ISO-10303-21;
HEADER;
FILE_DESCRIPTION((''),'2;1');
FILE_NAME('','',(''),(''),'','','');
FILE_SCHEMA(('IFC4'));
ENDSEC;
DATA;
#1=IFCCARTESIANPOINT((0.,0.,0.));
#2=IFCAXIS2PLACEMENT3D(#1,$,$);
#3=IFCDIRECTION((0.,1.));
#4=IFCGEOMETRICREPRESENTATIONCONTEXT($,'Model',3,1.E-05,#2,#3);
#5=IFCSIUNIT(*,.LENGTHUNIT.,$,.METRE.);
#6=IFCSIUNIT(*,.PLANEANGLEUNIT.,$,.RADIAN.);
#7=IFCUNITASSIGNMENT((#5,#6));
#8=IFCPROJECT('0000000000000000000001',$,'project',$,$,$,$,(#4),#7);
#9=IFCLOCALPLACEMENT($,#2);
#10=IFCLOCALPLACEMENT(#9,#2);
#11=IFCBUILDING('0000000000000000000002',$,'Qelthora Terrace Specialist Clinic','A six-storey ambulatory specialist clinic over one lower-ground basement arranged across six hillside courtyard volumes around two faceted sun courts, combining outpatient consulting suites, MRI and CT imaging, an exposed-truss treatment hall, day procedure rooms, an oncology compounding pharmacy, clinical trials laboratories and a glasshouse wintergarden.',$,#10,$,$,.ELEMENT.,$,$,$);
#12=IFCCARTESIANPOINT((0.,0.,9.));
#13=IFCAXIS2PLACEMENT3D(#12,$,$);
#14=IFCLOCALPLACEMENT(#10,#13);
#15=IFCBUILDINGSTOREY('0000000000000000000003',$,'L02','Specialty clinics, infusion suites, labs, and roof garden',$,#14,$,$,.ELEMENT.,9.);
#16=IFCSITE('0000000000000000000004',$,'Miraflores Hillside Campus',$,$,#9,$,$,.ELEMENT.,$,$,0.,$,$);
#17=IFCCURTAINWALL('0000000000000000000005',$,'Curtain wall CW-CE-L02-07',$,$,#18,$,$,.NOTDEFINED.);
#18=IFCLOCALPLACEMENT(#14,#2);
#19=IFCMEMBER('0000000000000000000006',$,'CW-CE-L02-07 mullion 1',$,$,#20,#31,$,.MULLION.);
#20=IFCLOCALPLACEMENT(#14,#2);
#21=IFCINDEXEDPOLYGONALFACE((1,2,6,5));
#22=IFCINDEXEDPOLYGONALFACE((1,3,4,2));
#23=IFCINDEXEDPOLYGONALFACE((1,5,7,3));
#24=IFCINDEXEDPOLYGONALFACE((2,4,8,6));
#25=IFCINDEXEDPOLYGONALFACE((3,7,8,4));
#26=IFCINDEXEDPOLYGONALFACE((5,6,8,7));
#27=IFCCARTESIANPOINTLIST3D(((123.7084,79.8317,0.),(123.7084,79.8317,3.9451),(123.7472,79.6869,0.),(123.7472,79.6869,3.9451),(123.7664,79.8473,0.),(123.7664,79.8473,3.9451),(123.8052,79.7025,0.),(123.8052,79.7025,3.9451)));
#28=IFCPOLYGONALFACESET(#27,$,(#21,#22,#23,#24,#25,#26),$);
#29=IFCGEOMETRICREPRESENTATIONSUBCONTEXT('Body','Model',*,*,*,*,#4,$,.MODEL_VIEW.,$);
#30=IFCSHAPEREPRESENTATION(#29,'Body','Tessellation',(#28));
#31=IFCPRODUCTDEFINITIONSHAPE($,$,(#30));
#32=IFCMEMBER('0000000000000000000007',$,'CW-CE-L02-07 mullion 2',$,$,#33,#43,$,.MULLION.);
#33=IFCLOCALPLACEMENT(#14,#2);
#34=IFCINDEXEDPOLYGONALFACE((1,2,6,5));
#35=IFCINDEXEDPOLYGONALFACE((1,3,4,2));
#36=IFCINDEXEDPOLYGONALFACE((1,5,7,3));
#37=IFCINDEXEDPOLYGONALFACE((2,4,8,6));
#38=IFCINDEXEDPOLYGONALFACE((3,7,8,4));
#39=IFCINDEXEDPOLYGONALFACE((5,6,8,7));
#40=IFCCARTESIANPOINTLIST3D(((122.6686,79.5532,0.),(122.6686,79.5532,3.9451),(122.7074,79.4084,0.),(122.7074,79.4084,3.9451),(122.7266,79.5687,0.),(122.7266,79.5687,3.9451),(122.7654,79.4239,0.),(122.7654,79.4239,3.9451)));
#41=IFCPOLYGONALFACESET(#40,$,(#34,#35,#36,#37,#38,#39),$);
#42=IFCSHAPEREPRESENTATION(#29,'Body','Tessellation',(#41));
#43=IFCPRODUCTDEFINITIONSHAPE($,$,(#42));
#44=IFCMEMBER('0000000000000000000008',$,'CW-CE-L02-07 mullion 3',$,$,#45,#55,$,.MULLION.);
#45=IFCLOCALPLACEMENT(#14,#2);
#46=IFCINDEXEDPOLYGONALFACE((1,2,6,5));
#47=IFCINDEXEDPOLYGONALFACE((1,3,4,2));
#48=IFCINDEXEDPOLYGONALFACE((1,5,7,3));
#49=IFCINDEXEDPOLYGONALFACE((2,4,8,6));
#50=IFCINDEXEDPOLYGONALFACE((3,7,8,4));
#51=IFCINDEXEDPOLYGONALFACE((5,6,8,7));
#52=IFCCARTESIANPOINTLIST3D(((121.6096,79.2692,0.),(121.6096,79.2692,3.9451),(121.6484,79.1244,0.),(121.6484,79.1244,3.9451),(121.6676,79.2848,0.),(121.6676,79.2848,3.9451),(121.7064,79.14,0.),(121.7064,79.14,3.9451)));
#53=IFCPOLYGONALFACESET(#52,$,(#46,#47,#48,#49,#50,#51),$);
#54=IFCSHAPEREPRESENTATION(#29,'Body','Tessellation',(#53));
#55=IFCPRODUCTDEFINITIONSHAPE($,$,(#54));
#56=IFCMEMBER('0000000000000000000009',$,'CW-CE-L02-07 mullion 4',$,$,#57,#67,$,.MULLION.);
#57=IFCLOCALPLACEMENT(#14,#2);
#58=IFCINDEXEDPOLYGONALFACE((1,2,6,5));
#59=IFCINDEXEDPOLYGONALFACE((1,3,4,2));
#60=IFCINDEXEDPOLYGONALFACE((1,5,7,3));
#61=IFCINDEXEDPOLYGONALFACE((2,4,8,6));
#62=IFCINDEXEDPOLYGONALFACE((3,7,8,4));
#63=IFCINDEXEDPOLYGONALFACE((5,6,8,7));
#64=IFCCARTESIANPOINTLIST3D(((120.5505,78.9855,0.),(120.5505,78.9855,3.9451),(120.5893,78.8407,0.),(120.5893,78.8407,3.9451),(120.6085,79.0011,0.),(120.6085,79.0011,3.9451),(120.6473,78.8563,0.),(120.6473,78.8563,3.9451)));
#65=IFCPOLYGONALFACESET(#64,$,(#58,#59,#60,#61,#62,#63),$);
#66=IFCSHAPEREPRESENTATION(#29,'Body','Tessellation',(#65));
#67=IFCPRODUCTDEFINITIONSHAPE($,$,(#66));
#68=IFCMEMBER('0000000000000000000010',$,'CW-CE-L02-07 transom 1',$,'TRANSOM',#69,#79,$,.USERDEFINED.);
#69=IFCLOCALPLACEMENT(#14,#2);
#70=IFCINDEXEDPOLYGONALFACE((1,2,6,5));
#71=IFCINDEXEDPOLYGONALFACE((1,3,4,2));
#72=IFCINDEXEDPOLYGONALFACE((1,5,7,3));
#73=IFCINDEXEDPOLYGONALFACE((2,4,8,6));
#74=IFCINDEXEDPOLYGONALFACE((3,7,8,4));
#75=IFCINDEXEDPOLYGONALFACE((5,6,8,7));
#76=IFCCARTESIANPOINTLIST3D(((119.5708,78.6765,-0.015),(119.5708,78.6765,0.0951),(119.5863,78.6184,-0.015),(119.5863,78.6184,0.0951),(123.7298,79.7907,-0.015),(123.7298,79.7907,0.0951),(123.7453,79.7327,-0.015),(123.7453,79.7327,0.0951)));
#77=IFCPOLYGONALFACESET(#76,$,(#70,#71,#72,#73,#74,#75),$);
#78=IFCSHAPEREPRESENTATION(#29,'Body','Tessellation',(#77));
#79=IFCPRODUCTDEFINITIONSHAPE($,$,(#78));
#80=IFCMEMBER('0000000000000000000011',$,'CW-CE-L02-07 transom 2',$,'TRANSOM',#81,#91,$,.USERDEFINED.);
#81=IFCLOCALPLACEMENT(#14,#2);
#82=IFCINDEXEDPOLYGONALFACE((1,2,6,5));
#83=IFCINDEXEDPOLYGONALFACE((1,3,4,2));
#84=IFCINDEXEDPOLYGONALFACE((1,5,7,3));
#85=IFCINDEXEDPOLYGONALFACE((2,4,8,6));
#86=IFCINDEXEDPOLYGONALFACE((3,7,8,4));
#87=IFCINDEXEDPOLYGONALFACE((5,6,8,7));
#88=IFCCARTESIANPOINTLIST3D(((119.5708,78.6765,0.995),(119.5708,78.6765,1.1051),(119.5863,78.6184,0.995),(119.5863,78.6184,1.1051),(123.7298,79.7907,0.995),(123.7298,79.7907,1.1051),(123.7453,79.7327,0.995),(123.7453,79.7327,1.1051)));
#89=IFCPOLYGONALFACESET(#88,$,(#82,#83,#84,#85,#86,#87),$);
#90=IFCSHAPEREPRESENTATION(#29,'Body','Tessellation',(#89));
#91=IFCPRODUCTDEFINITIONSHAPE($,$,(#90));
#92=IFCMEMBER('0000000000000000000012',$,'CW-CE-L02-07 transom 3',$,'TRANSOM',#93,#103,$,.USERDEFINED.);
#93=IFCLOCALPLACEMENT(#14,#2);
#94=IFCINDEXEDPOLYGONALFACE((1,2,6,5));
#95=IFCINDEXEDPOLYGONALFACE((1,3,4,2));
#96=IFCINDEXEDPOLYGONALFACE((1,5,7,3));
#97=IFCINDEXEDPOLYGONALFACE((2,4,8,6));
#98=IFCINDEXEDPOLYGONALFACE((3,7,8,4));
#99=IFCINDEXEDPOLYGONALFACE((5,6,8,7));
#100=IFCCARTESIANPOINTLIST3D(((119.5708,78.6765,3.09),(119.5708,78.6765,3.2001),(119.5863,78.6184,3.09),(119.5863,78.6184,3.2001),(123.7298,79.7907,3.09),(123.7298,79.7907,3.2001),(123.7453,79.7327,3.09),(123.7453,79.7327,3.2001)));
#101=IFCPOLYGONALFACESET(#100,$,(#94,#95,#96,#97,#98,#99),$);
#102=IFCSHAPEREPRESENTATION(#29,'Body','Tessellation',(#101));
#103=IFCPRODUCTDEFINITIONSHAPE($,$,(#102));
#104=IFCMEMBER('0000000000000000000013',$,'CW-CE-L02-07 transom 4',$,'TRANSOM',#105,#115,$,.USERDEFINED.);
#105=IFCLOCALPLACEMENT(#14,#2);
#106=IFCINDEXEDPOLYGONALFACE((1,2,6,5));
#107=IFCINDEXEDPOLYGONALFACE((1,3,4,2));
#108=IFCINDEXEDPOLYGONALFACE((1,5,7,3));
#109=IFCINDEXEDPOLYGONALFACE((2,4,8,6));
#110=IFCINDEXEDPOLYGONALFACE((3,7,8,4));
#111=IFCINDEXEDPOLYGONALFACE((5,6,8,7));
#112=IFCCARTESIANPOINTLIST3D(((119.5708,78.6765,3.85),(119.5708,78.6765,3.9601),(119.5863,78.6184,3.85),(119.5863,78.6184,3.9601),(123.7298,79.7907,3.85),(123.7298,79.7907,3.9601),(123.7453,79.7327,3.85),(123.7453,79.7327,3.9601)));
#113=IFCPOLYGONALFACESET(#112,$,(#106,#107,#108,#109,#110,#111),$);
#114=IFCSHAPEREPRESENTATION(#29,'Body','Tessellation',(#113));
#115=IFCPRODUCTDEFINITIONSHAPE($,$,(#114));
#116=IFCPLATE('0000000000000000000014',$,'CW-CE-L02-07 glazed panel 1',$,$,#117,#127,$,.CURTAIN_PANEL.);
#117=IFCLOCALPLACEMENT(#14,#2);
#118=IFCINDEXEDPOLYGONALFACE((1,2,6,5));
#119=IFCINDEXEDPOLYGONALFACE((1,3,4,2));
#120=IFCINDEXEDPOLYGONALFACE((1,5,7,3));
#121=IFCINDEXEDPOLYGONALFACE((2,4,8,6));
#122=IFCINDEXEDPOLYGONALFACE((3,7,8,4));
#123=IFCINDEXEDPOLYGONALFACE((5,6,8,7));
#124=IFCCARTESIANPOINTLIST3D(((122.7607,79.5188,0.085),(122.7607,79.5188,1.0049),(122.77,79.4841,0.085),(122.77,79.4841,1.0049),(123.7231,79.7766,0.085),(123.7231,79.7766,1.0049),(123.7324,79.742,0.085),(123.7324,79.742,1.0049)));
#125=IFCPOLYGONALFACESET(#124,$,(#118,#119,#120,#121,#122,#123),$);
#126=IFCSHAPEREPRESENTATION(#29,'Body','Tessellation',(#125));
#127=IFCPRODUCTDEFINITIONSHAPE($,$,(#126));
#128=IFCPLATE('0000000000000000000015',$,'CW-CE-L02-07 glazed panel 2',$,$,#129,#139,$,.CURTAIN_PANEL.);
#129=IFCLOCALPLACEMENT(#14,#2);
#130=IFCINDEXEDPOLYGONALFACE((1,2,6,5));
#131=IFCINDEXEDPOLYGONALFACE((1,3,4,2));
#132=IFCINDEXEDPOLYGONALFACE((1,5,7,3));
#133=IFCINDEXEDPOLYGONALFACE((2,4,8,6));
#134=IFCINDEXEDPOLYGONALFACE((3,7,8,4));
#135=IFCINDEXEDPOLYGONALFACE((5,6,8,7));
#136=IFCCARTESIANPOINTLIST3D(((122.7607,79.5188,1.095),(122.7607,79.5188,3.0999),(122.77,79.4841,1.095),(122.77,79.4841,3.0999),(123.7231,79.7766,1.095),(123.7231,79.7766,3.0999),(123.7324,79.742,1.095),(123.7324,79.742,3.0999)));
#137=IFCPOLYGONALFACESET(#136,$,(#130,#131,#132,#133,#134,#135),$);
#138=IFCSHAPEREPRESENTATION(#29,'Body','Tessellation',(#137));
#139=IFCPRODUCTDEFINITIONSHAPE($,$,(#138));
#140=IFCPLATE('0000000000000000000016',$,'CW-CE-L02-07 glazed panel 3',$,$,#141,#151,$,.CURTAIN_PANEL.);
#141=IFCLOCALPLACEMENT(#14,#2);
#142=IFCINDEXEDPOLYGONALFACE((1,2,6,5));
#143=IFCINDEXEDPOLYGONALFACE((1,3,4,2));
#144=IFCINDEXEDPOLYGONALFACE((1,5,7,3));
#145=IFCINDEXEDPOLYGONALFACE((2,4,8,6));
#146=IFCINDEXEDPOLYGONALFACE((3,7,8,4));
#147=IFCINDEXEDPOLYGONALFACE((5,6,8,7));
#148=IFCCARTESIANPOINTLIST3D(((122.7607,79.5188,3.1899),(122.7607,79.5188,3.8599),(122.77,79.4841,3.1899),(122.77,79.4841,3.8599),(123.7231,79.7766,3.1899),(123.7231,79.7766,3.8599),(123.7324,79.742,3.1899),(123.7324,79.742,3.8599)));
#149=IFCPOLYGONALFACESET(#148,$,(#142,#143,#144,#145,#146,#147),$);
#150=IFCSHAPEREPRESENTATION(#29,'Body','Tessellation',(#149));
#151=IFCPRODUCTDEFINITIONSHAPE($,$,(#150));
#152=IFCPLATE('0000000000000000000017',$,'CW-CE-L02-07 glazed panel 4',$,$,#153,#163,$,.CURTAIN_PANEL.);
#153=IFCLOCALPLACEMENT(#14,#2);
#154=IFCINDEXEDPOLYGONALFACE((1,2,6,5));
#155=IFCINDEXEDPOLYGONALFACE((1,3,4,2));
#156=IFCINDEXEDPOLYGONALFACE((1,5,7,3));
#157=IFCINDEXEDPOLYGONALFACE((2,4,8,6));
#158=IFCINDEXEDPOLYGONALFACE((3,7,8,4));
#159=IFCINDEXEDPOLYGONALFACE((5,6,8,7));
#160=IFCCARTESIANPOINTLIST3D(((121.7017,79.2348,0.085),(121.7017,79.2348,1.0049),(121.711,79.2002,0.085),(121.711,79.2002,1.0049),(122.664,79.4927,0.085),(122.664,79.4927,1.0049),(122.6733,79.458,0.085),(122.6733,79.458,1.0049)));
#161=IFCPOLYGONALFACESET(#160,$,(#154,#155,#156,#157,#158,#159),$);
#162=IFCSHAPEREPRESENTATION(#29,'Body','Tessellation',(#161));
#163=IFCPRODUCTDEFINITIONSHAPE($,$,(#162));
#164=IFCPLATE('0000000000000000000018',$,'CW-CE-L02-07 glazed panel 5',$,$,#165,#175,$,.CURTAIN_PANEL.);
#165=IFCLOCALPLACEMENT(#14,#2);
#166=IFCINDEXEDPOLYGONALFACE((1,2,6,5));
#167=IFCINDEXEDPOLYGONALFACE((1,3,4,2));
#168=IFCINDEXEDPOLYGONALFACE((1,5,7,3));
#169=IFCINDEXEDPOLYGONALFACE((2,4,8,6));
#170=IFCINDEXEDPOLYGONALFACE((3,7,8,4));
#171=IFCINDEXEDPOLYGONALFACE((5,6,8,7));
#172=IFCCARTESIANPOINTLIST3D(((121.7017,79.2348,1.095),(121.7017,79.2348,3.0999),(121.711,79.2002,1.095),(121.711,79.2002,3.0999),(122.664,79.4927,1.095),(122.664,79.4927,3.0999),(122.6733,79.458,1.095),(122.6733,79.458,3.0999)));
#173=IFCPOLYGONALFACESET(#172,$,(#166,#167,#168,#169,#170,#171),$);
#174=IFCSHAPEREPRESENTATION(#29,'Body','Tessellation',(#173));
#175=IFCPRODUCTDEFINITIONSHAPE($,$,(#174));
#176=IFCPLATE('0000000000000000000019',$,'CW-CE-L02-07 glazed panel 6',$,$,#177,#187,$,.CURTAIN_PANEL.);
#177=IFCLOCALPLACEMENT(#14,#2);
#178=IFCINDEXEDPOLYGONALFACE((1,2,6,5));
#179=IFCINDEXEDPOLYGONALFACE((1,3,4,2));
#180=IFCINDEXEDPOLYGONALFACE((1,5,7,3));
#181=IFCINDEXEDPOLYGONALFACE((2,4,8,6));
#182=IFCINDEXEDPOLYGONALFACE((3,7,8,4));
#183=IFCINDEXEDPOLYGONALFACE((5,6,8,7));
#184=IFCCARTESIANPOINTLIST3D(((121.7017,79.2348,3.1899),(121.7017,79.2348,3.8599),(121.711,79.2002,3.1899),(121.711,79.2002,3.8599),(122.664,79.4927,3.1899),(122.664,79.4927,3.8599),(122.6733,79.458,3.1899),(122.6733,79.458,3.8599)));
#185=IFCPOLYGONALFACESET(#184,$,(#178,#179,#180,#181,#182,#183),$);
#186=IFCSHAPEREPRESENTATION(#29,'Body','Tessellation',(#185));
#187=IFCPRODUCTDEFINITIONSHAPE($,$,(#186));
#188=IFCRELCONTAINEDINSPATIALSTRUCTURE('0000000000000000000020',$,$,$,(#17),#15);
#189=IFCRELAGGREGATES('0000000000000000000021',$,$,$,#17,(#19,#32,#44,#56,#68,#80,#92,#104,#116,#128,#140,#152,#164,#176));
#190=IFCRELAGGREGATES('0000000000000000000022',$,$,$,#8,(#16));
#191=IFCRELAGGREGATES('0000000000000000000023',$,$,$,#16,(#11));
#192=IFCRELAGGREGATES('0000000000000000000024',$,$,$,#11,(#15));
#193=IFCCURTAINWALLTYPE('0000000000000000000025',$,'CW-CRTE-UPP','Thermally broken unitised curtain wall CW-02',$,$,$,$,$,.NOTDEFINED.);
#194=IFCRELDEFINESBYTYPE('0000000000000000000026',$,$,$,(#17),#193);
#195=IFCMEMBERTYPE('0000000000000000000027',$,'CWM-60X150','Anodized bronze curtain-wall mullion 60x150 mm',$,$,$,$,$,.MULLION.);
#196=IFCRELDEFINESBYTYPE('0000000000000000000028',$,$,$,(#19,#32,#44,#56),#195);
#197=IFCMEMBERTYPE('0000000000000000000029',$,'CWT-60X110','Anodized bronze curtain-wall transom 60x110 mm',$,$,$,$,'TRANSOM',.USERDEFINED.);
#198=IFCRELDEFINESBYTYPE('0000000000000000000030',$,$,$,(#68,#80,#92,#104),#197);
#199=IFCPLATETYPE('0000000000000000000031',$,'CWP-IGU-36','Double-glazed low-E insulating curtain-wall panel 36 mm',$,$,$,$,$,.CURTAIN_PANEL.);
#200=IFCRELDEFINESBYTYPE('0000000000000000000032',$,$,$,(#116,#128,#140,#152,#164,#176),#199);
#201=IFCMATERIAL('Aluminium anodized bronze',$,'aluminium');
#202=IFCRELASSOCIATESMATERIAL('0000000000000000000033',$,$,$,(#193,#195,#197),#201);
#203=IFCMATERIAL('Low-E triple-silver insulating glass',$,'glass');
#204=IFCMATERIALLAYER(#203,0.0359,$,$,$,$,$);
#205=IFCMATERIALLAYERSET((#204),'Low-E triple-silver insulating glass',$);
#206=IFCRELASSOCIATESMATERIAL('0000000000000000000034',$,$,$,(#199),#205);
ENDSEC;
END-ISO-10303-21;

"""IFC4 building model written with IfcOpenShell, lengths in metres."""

from ifc_helpers import new_model, si_unit, direction, frame, origin, origin_2d, place, context, subcontext, project, spatial, rectangle, extrude, material, layer, layer_set, material_profile, profile_set, type_object, element, aggregate, save


model = new_model("IFC4")

# Units and contexts
model_context = context("Model", 3, precision=1e-05, world=origin(), true_north=direction((0.0, 1.0)))
body_context = subcontext(model_context, "Body", "Model", "MODEL_VIEW")
ifc_project = project(units=[si_unit("LENGTHUNIT", "METRE"), si_unit("PLANEANGLEUNIT", "RADIAN")], contexts=[model_context])

# Site, building, storey
site_placement = place(None, origin())
site = spatial("IfcSite", under=ifc_project, at=site_placement, Name="Miraflores Hillside Campus", CompositionType="ELEMENT", RefElevation=0.0)
building_placement = place(site_placement, origin())
building = spatial("IfcBuilding", under=site, at=building_placement, Name="Qelthora Terrace Specialist Clinic", Description="A six-storey ambulatory specialist clinic over one lower-ground basement arranged across six hillside courtyard volumes around two faceted sun courts, combining outpatient consulting suites, MRI and CT imaging, an exposed-truss treatment hall, day procedure rooms, an oncology compounding pharmacy, clinical trials laboratories and a glasshouse wintergarden.", CompositionType="ELEMENT")
storey_placement = place(building_placement, frame((0.0, 0.0, 9.0)))
storey = spatial("IfcBuildingStorey", under=building, at=storey_placement, Name="L02", Description="Specialty clinics, infusion suites, labs, and roof garden", CompositionType="ELEMENT", Elevation=9.0)

# Curtain wall, members, plates
ifc_material_1 = material(Name="Aluminium anodized bronze", Category="aluminium")
curtain_wall_type = type_object("IfcCurtainWallType", Name="CW-CRTE-UPP", Description="Thermally broken unitised curtain wall CW-02", PredefinedType="NOTDEFINED", material=ifc_material_1)
curtain_wall_placement = place(storey_placement, origin())
curtain_wall = element("IfcCurtainWall", 1, at=curtain_wall_placement, inside=storey, type_object=curtain_wall_type, Name="Curtain wall CW-CE-L02-07", PredefinedType="NOTDEFINED")
ifc_material_profile_1 = material_profile(ifc_material_1, rectangle(XDim=0.0601, YDim=0.1499, at=origin_2d()), Name="CWM60X150")
ifc_profile_set_1 = profile_set([ifc_material_profile_1], Name="Aluminium anodized bronze")
member_type_1 = type_object("IfcMemberType", Name="CWM-60X150", Description="Anodized bronze curtain-wall mullion 60x150 mm", PredefinedType="MULLION", material=ifc_profile_set_1)
member_1_placement = place(storey_placement, frame((123.7568, 79.7671, 0.0), z_axis=(0.0, 0.0, 1.0), x_axis=(-0.965926, -0.25882, 0.0)))
member_1 = element("IfcMember", 2, at=member_1_placement, type_object=member_type_1, Name="CW-CE-L02-07 mullion 1", PredefinedType="MULLION", context=body_context, shape_type="SweptSolid", body=[
    extrude(rectangle(XDim=0.0601, YDim=0.1499, at=origin_2d()), origin(), (0.0, 0.0, 1.0), 3.9451),
])
member_2_placement = place(storey_placement, frame((122.717, 79.4885, 0.0), z_axis=(0.0, 0.0, 1.0), x_axis=(-0.965926, -0.25882, 0.0)))
member_2 = element("IfcMember", 3, at=member_2_placement, type_object=member_type_1, Name="CW-CE-L02-07 mullion 2", PredefinedType="MULLION", context=body_context, shape_type="SweptSolid", body=[
    extrude(rectangle(XDim=0.0601, YDim=0.1499, at=origin_2d()), origin(), (0.0, 0.0, 1.0), 3.9451),
])
member_3_placement = place(storey_placement, frame((121.658, 79.2046, 0.0), z_axis=(0.0, 0.0, 1.0), x_axis=(-0.965926, -0.25882, 0.0)))
member_3 = element("IfcMember", 4, at=member_3_placement, type_object=member_type_1, Name="CW-CE-L02-07 mullion 3", PredefinedType="MULLION", context=body_context, shape_type="SweptSolid", body=[
    extrude(rectangle(XDim=0.0601, YDim=0.1499, at=origin_2d()), origin(), (0.0, 0.0, 1.0), 3.9451),
])
member_4_placement = place(storey_placement, frame((120.5989, 78.9209, 0.0), z_axis=(0.0, 0.0, 1.0), x_axis=(-0.965926, -0.25882, 0.0)))
member_4 = element("IfcMember", 5, at=member_4_placement, type_object=member_type_1, Name="CW-CE-L02-07 mullion 4", PredefinedType="MULLION", context=body_context, shape_type="SweptSolid", body=[
    extrude(rectangle(XDim=0.0601, YDim=0.1499, at=origin_2d()), origin(), (0.0, 0.0, 1.0), 3.9451),
])
ifc_material_profile_2 = material_profile(ifc_material_1, rectangle(XDim=0.0601, YDim=0.1101, at=origin_2d()), Name="CWT60X110")
ifc_profile_set_2 = profile_set([ifc_material_profile_2], Name="Aluminium anodized bronze")
member_type_2 = type_object("IfcMemberType", Name="CWT-60X110", Description="Anodized bronze curtain-wall transom 60x110 mm", ElementType="TRANSOM", PredefinedType="USERDEFINED", material=ifc_profile_set_2)
member_5_placement = place(storey_placement, frame((123.7375, 79.7617, 0.04), z_axis=(-0.965933, -0.258792, 0.0), x_axis=(0.258792, -0.965933, 0.0)))
member_5 = element("IfcMember", 6, at=member_5_placement, type_object=member_type_2, Name="CW-CE-L02-07 transom 1", ObjectType="TRANSOM", PredefinedType="USERDEFINED", context=body_context, shape_type="SweptSolid", body=[
    extrude(rectangle(XDim=0.0601, YDim=0.1101, at=origin_2d()), origin(), (0.0, 0.0, 1.0), 4.3057),
])
member_6_placement = place(storey_placement, frame((123.7375, 79.7617, 1.05), z_axis=(-0.965933, -0.258792, 0.0), x_axis=(0.258792, -0.965933, 0.0)))
member_6 = element("IfcMember", 7, at=member_6_placement, type_object=member_type_2, Name="CW-CE-L02-07 transom 2", ObjectType="TRANSOM", PredefinedType="USERDEFINED", context=body_context, shape_type="SweptSolid", body=[
    extrude(rectangle(XDim=0.0601, YDim=0.1101, at=origin_2d()), origin(), (0.0, 0.0, 1.0), 4.3057),
])
member_7_placement = place(storey_placement, frame((123.7375, 79.7617, 3.145), z_axis=(-0.965933, -0.258792, 0.0), x_axis=(0.258792, -0.965933, 0.0)))
member_7 = element("IfcMember", 8, at=member_7_placement, type_object=member_type_2, Name="CW-CE-L02-07 transom 3", ObjectType="TRANSOM", PredefinedType="USERDEFINED", context=body_context, shape_type="SweptSolid", body=[
    extrude(rectangle(XDim=0.0601, YDim=0.1101, at=origin_2d()), origin(), (0.0, 0.0, 1.0), 4.3057),
])
member_8_placement = place(storey_placement, frame((123.7375, 79.7617, 3.905), z_axis=(-0.965933, -0.258792, 0.0), x_axis=(0.258792, -0.965933, 0.0)))
member_8 = element("IfcMember", 9, at=member_8_placement, type_object=member_type_2, Name="CW-CE-L02-07 transom 4", ObjectType="TRANSOM", PredefinedType="USERDEFINED", context=body_context, shape_type="SweptSolid", body=[
    extrude(rectangle(XDim=0.0601, YDim=0.1101, at=origin_2d()), origin(), (0.0, 0.0, 1.0), 4.3057),
])
ifc_material_2 = material(Name="Low-E triple-silver insulating glass", Category="glass")
ifc_layer = layer(ifc_material_2, 0.0359)
ifc_layer_set = layer_set([ifc_layer], Name="Low-E triple-silver insulating glass")
plate_type = type_object("IfcPlateType", Name="CWP-IGU-36", Description="Double-glazed low-E insulating curtain-wall panel 36 mm", PredefinedType="CURTAIN_PANEL", material=ifc_layer_set)
plate_1_placement = place(storey_placement, frame((123.2466, 79.6304, 0.085), z_axis=(0.0, 0.0, 1.0), x_axis=(-0.965926, -0.258819, 0.0)))
plate_1 = element("IfcPlate", 10, at=plate_1_placement, type_object=plate_type, Name="CW-CE-L02-07 glazed panel 1", PredefinedType="CURTAIN_PANEL", context=body_context, shape_type="SweptSolid", body=[
    extrude(rectangle(XDim=0.9963, YDim=0.0359, at=origin_2d()), origin(), (0.0, 0.0, 1.0), 0.9199),
])
plate_2_placement = place(storey_placement, frame((123.2466, 79.6304, 1.095), z_axis=(0.0, 0.0, 1.0), x_axis=(-0.965926, -0.258819, 0.0)))
plate_2 = element("IfcPlate", 11, at=plate_2_placement, type_object=plate_type, Name="CW-CE-L02-07 glazed panel 2", PredefinedType="CURTAIN_PANEL", context=body_context, shape_type="SweptSolid", body=[
    extrude(rectangle(XDim=0.9963, YDim=0.0359, at=origin_2d()), origin(), (0.0, 0.0, 1.0), 2.0049),
])
plate_3_placement = place(storey_placement, frame((123.2466, 79.6304, 3.1899), z_axis=(0.0, 0.0, 1.0), x_axis=(-0.965926, -0.258819, 0.0)))
plate_3 = element("IfcPlate", 12, at=plate_3_placement, type_object=plate_type, Name="CW-CE-L02-07 glazed panel 3", PredefinedType="CURTAIN_PANEL", context=body_context, shape_type="SweptSolid", body=[
    extrude(rectangle(XDim=0.9963, YDim=0.0359, at=origin_2d()), origin(), (0.0, 0.0, 1.0), 0.6699),
])
plate_4_placement = place(storey_placement, frame((122.1875, 79.3464, 0.085), z_axis=(0.0, 0.0, 1.0), x_axis=(-0.965926, -0.258819, 0.0)))
plate_4 = element("IfcPlate", 13, at=plate_4_placement, type_object=plate_type, Name="CW-CE-L02-07 glazed panel 4", PredefinedType="CURTAIN_PANEL", context=body_context, shape_type="SweptSolid", body=[
    extrude(rectangle(XDim=0.9963, YDim=0.0359, at=origin_2d()), origin(), (0.0, 0.0, 1.0), 0.9199),
])
plate_5_placement = place(storey_placement, frame((122.1875, 79.3464, 1.095), z_axis=(0.0, 0.0, 1.0), x_axis=(-0.965926, -0.258819, 0.0)))
plate_5 = element("IfcPlate", 14, at=plate_5_placement, type_object=plate_type, Name="CW-CE-L02-07 glazed panel 5", PredefinedType="CURTAIN_PANEL", context=body_context, shape_type="SweptSolid", body=[
    extrude(rectangle(XDim=0.9963, YDim=0.0359, at=origin_2d()), origin(), (0.0, 0.0, 1.0), 2.0049),
])
plate_6_placement = place(storey_placement, frame((122.1875, 79.3464, 3.1899), z_axis=(0.0, 0.0, 1.0), x_axis=(-0.965926, -0.258819, 0.0)))
plate_6 = element("IfcPlate", 15, at=plate_6_placement, type_object=plate_type, Name="CW-CE-L02-07 glazed panel 6", PredefinedType="CURTAIN_PANEL", context=body_context, shape_type="SweptSolid", body=[
    extrude(rectangle(XDim=0.9963, YDim=0.0359, at=origin_2d()), origin(), (0.0, 0.0, 1.0), 0.6699),
])
aggregate(curtain_wall, [member_1, member_2, member_3, member_4, member_5, member_6, member_7, member_8, plate_1, plate_2, plate_3, plate_4, plate_5, plate_6])

save(model, "model.ifc")
